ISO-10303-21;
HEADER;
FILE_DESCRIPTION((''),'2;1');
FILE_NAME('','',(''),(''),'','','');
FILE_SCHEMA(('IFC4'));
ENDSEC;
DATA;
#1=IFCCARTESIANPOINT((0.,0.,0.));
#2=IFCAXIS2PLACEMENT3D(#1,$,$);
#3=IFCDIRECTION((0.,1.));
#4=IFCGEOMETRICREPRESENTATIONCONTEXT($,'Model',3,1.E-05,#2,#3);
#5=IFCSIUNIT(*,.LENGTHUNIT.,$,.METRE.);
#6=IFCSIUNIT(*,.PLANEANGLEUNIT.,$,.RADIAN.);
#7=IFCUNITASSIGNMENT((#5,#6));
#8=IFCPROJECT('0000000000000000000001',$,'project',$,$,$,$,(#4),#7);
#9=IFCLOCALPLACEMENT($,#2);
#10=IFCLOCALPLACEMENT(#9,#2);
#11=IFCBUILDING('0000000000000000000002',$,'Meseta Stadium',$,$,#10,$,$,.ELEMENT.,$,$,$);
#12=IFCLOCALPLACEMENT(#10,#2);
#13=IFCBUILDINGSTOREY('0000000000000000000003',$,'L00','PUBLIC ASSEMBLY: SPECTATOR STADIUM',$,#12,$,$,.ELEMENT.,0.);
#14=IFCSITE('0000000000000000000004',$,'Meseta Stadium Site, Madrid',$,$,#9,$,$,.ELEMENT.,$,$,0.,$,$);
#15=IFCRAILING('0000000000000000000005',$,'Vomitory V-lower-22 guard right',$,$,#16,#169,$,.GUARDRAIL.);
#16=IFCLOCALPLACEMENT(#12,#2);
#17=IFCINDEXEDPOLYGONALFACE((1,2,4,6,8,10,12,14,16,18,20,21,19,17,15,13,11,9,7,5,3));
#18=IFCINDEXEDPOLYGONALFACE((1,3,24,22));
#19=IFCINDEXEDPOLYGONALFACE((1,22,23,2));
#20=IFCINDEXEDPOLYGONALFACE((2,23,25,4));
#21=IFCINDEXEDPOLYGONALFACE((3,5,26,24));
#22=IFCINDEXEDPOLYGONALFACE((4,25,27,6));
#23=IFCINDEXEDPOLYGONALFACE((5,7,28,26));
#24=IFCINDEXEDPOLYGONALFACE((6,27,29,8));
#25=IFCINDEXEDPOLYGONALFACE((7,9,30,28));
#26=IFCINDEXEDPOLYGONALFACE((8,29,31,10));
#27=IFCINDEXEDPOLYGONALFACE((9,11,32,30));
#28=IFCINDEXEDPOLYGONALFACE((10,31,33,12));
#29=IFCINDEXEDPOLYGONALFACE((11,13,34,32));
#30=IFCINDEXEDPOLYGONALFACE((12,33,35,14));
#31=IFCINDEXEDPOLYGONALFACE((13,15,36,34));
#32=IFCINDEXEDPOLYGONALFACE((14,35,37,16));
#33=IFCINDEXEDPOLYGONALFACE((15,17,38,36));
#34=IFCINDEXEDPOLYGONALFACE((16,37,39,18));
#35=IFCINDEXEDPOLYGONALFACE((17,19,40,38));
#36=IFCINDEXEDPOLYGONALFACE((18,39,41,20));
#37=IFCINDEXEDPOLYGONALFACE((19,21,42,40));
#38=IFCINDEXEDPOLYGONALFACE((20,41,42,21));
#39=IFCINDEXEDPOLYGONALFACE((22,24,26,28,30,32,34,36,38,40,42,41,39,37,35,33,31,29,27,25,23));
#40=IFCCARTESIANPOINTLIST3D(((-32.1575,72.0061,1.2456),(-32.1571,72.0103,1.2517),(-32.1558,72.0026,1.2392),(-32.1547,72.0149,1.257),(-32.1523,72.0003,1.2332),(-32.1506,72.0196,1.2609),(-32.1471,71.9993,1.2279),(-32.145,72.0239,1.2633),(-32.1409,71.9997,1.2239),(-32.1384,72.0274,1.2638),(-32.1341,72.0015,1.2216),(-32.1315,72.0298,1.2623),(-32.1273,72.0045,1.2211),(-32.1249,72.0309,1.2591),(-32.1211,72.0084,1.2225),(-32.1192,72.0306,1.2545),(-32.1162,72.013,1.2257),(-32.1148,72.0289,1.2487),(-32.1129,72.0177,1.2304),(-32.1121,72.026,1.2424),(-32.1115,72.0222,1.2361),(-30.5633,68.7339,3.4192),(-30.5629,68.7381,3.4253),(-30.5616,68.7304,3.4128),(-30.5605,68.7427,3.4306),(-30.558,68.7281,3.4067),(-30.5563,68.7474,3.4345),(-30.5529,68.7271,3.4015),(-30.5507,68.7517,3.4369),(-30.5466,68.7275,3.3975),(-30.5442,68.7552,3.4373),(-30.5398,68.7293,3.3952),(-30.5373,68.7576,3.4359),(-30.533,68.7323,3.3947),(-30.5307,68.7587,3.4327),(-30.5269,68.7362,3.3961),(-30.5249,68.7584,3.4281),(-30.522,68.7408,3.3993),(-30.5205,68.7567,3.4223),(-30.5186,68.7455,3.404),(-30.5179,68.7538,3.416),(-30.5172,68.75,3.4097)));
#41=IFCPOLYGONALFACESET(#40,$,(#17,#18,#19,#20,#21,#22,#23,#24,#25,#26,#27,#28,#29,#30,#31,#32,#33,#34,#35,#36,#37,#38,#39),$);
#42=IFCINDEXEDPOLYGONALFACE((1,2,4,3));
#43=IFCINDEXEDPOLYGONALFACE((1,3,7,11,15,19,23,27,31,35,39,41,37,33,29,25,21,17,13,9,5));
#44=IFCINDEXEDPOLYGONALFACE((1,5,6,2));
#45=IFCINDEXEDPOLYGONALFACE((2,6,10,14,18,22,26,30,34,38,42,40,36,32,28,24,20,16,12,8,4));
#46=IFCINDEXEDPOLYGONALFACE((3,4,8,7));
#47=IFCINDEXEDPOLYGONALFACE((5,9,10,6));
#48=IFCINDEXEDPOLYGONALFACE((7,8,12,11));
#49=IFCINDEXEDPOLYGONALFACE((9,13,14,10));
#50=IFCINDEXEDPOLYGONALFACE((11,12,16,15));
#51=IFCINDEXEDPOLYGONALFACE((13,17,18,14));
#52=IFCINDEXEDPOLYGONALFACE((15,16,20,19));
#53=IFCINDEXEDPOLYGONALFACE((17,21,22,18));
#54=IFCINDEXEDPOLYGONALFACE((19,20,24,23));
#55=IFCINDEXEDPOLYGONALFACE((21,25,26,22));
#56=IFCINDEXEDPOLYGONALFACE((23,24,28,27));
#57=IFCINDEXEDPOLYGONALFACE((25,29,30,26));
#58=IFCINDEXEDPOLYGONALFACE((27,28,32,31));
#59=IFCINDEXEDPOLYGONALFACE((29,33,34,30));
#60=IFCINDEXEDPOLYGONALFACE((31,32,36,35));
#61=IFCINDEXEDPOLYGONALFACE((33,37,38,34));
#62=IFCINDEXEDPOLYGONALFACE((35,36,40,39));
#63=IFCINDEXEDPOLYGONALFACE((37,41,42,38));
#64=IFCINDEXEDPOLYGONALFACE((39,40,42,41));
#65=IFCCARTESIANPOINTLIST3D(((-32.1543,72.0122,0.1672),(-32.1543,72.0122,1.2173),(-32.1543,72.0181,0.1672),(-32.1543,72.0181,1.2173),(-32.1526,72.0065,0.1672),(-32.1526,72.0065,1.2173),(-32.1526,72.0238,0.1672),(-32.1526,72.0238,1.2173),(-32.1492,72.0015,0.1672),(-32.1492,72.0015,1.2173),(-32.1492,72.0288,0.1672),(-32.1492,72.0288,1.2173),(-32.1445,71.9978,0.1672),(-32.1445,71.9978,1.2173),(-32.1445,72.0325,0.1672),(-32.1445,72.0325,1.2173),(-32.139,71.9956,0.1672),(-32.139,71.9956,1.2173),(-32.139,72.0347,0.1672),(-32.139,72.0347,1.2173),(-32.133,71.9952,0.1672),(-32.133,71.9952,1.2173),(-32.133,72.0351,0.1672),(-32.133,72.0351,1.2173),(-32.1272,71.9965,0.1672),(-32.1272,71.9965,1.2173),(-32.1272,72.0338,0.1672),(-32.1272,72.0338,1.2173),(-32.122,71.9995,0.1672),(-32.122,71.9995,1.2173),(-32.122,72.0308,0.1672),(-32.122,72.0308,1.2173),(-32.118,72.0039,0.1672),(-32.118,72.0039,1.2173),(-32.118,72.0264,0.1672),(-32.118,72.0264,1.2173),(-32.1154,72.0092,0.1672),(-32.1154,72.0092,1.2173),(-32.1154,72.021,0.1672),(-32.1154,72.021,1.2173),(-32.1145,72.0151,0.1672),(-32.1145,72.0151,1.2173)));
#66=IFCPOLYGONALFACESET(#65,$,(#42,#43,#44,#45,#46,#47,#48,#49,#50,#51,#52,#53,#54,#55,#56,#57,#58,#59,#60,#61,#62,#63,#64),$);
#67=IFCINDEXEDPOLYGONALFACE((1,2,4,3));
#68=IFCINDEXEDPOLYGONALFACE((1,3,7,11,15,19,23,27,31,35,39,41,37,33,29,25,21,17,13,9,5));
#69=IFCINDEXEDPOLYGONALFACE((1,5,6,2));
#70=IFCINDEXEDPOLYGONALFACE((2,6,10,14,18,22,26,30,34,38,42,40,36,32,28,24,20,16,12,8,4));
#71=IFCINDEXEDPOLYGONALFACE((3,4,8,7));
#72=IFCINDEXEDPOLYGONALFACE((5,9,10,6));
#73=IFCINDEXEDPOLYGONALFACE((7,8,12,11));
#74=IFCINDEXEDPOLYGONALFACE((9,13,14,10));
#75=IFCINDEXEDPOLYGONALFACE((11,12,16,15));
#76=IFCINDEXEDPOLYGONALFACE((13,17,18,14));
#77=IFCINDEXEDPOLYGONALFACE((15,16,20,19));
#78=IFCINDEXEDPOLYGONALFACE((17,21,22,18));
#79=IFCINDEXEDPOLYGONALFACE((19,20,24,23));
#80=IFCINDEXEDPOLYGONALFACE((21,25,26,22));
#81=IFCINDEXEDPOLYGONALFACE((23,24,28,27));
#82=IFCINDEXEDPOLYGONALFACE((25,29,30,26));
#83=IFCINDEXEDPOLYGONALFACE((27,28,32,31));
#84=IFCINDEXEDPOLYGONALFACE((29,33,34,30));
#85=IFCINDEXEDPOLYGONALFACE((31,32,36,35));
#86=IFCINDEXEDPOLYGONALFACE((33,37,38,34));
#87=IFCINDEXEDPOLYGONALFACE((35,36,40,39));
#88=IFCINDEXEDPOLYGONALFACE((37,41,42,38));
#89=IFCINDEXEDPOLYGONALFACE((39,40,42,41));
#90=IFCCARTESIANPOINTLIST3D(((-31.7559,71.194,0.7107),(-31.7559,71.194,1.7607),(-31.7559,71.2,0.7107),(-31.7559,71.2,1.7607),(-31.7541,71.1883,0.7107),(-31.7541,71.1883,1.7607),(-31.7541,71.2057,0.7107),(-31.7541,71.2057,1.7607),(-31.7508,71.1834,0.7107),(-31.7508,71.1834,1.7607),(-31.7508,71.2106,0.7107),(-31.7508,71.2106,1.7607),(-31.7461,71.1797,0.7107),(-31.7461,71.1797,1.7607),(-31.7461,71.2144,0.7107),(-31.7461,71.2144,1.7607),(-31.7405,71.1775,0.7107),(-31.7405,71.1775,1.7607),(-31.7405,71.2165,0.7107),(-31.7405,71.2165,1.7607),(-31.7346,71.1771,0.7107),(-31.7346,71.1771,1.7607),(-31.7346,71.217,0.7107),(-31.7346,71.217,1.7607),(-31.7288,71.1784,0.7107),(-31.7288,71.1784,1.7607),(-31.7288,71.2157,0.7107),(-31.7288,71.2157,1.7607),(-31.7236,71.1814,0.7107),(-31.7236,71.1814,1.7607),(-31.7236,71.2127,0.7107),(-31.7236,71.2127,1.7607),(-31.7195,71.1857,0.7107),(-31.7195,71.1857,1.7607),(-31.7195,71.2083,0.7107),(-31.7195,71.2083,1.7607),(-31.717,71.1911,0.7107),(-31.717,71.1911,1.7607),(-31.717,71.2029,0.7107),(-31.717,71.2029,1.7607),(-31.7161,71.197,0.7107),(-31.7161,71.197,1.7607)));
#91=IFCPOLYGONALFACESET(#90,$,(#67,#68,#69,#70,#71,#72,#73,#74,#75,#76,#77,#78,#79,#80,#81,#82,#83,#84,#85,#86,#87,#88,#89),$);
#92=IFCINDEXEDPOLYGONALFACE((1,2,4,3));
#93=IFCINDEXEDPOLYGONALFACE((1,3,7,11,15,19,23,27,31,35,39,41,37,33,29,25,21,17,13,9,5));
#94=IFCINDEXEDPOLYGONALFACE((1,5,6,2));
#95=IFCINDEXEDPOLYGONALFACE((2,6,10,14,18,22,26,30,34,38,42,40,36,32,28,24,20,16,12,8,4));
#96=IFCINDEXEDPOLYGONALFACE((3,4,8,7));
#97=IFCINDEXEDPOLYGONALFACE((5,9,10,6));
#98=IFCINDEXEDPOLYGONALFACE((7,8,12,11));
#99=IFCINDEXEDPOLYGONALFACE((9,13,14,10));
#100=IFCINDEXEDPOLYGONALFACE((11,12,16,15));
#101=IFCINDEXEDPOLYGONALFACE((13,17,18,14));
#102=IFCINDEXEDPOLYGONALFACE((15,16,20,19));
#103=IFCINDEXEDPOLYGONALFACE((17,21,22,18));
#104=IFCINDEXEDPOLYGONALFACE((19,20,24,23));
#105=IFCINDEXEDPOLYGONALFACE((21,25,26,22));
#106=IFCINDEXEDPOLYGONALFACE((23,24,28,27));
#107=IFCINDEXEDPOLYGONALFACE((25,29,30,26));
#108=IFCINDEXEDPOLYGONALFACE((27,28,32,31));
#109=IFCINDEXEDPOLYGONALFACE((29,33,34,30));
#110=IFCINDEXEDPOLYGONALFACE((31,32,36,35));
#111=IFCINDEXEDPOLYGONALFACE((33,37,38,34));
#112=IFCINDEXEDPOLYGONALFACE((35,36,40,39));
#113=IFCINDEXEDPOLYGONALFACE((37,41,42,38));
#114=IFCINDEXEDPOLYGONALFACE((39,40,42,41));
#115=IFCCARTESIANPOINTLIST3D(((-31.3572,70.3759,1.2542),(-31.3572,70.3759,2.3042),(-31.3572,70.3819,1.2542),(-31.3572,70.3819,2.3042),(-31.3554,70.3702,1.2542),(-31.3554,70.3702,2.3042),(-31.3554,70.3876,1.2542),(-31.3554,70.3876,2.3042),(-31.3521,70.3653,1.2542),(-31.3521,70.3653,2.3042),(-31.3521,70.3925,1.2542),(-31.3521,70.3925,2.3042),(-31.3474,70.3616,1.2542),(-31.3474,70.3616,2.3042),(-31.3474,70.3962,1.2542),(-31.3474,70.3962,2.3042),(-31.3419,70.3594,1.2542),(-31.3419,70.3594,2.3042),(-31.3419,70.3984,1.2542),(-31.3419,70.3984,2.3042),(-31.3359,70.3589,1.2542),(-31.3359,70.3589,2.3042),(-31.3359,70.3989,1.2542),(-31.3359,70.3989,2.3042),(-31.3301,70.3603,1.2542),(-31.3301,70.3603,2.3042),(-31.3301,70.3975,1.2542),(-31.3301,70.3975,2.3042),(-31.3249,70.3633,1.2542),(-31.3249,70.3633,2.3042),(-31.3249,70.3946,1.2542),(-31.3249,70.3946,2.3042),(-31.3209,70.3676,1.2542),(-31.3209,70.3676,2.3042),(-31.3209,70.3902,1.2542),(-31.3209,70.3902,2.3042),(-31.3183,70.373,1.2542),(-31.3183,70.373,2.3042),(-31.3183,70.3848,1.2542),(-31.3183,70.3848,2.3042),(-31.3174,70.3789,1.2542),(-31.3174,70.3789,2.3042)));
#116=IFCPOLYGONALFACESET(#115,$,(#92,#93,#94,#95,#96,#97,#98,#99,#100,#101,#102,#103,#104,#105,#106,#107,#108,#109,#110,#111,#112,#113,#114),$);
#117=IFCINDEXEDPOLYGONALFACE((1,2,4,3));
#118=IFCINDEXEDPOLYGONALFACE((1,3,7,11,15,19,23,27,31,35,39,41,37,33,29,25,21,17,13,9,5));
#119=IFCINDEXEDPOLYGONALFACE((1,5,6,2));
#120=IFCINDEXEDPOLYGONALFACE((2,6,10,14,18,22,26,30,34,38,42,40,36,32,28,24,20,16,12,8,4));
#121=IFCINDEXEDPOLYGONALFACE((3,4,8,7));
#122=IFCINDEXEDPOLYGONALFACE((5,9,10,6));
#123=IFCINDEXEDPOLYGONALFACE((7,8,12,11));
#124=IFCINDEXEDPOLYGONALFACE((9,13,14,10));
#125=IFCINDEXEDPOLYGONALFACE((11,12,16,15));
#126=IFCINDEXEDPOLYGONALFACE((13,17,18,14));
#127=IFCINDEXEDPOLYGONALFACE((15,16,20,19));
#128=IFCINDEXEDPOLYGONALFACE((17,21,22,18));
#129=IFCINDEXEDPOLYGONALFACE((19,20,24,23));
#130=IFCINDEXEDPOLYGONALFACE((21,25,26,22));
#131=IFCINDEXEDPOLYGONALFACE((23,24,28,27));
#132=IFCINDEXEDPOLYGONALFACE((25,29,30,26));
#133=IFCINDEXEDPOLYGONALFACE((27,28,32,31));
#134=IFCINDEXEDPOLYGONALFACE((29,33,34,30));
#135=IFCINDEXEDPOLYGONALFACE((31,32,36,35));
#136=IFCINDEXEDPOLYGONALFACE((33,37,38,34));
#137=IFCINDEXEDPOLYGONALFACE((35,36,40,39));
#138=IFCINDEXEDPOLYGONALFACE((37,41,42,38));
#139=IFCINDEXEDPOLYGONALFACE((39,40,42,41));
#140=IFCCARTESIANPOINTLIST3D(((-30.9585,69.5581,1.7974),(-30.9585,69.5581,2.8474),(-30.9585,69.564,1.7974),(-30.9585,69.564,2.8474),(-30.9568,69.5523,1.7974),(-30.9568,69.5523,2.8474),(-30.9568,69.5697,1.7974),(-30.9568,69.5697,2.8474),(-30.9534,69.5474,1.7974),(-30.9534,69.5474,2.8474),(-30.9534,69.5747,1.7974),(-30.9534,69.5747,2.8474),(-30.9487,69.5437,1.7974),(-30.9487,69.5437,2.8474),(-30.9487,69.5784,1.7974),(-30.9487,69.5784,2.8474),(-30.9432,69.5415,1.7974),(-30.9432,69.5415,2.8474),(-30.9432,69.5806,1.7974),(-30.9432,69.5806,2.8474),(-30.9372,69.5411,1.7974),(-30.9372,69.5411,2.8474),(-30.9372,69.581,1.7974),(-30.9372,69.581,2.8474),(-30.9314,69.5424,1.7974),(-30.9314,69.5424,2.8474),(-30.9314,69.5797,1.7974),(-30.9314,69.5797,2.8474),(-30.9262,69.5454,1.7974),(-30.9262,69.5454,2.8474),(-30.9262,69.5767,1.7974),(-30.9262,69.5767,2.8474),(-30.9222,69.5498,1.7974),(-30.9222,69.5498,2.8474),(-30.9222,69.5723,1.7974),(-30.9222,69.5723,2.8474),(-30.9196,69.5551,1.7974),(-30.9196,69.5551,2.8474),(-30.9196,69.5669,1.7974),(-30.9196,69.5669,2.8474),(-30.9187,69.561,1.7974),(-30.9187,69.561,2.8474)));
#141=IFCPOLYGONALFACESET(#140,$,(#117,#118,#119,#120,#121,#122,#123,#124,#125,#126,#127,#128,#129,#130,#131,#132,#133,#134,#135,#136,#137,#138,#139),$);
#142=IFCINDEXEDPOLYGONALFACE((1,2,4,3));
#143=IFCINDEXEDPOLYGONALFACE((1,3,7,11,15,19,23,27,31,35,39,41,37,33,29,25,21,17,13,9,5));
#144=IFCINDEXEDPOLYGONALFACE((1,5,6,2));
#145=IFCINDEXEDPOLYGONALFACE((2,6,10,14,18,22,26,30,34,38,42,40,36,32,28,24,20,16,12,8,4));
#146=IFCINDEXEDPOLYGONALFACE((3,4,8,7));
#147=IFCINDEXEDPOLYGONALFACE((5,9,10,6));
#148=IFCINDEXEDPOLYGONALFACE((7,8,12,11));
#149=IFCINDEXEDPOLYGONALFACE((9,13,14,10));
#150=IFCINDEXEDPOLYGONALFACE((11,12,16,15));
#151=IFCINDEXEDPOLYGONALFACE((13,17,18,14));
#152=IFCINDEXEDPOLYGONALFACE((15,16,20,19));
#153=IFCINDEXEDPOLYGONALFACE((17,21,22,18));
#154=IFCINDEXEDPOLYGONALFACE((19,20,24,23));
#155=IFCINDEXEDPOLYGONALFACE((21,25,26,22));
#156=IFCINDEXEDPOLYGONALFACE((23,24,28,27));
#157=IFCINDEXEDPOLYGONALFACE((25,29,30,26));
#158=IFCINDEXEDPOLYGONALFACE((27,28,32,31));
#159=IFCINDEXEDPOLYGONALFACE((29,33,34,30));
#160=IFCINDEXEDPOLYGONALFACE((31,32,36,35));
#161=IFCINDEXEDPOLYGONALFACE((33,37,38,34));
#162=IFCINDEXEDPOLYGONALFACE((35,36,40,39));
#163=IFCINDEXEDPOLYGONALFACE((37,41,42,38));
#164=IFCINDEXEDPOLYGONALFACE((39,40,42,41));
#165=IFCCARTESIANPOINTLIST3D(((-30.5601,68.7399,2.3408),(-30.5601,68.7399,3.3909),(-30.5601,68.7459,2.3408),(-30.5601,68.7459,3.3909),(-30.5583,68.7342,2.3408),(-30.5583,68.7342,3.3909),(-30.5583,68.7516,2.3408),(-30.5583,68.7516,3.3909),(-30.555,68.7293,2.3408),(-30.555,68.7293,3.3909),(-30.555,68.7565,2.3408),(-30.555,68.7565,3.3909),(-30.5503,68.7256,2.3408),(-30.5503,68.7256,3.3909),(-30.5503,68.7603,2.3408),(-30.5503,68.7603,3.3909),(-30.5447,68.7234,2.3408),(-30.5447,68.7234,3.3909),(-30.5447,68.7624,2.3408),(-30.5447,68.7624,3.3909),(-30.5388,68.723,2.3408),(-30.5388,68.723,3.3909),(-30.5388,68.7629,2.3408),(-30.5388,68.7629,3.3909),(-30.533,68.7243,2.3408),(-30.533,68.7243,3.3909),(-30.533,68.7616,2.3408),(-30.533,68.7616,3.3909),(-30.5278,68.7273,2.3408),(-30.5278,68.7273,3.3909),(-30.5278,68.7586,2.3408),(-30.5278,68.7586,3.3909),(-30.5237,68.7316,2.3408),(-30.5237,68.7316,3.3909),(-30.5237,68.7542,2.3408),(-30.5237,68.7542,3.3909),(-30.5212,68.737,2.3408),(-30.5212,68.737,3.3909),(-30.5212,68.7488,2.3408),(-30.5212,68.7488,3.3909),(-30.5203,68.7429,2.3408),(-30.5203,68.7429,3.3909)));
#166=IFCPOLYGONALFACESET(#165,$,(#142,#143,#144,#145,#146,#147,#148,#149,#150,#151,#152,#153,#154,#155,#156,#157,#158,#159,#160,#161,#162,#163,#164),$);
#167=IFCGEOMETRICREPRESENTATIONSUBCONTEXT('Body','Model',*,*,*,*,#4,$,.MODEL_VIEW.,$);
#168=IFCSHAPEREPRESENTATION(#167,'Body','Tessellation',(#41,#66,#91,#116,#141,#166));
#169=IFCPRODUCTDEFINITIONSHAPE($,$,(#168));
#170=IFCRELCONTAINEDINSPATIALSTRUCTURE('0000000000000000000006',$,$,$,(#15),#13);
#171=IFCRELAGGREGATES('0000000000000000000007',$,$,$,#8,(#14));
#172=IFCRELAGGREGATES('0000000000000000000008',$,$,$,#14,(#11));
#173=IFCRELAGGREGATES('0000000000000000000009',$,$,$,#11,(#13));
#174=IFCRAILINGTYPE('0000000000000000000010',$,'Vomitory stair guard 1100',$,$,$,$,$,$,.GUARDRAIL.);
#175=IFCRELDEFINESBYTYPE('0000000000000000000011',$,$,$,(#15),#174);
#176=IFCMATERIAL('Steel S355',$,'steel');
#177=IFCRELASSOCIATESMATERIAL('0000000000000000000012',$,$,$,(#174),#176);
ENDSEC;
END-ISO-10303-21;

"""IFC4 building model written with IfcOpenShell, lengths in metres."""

from ifc_helpers import new_model, si_unit, direction, frame, origin, origin_2d, place, context, subcontext, project, spatial, circle, extrude, material, type_object, element, save


model = new_model("IFC4")

# Units and contexts
model_context = context("Model", 3, precision=1e-05, world=origin(), true_north=direction((0.0, 1.0)))
body_context = subcontext(model_context, "Body", "Model", "MODEL_VIEW")
ifc_project = project(units=[si_unit("LENGTHUNIT", "METRE"), si_unit("PLANEANGLEUNIT", "RADIAN")], contexts=[model_context])

# Site, building, storey
site_placement = place(None, origin())
site = spatial("IfcSite", under=ifc_project, at=site_placement, Name="Meseta Stadium Site, Madrid", CompositionType="ELEMENT", RefElevation=0.0)
building_placement = place(site_placement, origin())
building = spatial("IfcBuilding", under=site, at=building_placement, Name="Meseta Stadium", CompositionType="ELEMENT")
storey_placement = place(building_placement, origin())
storey = spatial("IfcBuildingStorey", under=building, at=storey_placement, Name="L00", Description="PUBLIC ASSEMBLY: SPECTATOR STADIUM", CompositionType="ELEMENT", Elevation=0.0)

# Railing
ifc_material_1 = material(Name="Steel S355", Category="steel")
railing_type_1 = type_object("IfcRailingType", Name="Vomitory stair guard 1100", PredefinedType="GUARDRAIL", material=ifc_material_1)
railing_1_placement = place(storey_placement, frame((-32.1345, 72.0151, 0.1672)))
element("IfcRailing", 1, at=railing_1_placement, inside=storey, type_object=railing_type_1, Name="Vomitory V-lower-22 guard right", PredefinedType="GUARDRAIL", context=body_context, shape_type="SweptSolid", body=[
    extrude(circle(Radius=0.0249, at=origin_2d()), frame((0.0, 0.0, 1.0752), z_axis=(0.376043, -0.771838, 0.512697), x_axis=(0.898981, 0.437987, 0.0)), (0.0, 0.0, 1.0), 4.2395),
    extrude(circle(Radius=0.02, at=origin_2d()), origin(), (0.0, 0.0, 1.0), 1.05),
    extrude(circle(Radius=0.02, at=origin_2d()), frame((0.3984, -0.8181, 0.5435)), (0.0, 0.0, 1.0), 1.05),
    extrude(circle(Radius=0.02, at=origin_2d()), frame((0.7971, -1.6362, 1.0869)), (0.0, 0.0, 1.0), 1.05),
    extrude(circle(Radius=0.02, at=origin_2d()), frame((1.1958, -2.4541, 1.6301)), (0.0, 0.0, 1.0), 1.05),
    extrude(circle(Radius=0.02, at=origin_2d()), frame((1.5942, -3.2722, 2.1736)), (0.0, 0.0, 1.0), 1.05),
])

save(model, "model.ifc")
